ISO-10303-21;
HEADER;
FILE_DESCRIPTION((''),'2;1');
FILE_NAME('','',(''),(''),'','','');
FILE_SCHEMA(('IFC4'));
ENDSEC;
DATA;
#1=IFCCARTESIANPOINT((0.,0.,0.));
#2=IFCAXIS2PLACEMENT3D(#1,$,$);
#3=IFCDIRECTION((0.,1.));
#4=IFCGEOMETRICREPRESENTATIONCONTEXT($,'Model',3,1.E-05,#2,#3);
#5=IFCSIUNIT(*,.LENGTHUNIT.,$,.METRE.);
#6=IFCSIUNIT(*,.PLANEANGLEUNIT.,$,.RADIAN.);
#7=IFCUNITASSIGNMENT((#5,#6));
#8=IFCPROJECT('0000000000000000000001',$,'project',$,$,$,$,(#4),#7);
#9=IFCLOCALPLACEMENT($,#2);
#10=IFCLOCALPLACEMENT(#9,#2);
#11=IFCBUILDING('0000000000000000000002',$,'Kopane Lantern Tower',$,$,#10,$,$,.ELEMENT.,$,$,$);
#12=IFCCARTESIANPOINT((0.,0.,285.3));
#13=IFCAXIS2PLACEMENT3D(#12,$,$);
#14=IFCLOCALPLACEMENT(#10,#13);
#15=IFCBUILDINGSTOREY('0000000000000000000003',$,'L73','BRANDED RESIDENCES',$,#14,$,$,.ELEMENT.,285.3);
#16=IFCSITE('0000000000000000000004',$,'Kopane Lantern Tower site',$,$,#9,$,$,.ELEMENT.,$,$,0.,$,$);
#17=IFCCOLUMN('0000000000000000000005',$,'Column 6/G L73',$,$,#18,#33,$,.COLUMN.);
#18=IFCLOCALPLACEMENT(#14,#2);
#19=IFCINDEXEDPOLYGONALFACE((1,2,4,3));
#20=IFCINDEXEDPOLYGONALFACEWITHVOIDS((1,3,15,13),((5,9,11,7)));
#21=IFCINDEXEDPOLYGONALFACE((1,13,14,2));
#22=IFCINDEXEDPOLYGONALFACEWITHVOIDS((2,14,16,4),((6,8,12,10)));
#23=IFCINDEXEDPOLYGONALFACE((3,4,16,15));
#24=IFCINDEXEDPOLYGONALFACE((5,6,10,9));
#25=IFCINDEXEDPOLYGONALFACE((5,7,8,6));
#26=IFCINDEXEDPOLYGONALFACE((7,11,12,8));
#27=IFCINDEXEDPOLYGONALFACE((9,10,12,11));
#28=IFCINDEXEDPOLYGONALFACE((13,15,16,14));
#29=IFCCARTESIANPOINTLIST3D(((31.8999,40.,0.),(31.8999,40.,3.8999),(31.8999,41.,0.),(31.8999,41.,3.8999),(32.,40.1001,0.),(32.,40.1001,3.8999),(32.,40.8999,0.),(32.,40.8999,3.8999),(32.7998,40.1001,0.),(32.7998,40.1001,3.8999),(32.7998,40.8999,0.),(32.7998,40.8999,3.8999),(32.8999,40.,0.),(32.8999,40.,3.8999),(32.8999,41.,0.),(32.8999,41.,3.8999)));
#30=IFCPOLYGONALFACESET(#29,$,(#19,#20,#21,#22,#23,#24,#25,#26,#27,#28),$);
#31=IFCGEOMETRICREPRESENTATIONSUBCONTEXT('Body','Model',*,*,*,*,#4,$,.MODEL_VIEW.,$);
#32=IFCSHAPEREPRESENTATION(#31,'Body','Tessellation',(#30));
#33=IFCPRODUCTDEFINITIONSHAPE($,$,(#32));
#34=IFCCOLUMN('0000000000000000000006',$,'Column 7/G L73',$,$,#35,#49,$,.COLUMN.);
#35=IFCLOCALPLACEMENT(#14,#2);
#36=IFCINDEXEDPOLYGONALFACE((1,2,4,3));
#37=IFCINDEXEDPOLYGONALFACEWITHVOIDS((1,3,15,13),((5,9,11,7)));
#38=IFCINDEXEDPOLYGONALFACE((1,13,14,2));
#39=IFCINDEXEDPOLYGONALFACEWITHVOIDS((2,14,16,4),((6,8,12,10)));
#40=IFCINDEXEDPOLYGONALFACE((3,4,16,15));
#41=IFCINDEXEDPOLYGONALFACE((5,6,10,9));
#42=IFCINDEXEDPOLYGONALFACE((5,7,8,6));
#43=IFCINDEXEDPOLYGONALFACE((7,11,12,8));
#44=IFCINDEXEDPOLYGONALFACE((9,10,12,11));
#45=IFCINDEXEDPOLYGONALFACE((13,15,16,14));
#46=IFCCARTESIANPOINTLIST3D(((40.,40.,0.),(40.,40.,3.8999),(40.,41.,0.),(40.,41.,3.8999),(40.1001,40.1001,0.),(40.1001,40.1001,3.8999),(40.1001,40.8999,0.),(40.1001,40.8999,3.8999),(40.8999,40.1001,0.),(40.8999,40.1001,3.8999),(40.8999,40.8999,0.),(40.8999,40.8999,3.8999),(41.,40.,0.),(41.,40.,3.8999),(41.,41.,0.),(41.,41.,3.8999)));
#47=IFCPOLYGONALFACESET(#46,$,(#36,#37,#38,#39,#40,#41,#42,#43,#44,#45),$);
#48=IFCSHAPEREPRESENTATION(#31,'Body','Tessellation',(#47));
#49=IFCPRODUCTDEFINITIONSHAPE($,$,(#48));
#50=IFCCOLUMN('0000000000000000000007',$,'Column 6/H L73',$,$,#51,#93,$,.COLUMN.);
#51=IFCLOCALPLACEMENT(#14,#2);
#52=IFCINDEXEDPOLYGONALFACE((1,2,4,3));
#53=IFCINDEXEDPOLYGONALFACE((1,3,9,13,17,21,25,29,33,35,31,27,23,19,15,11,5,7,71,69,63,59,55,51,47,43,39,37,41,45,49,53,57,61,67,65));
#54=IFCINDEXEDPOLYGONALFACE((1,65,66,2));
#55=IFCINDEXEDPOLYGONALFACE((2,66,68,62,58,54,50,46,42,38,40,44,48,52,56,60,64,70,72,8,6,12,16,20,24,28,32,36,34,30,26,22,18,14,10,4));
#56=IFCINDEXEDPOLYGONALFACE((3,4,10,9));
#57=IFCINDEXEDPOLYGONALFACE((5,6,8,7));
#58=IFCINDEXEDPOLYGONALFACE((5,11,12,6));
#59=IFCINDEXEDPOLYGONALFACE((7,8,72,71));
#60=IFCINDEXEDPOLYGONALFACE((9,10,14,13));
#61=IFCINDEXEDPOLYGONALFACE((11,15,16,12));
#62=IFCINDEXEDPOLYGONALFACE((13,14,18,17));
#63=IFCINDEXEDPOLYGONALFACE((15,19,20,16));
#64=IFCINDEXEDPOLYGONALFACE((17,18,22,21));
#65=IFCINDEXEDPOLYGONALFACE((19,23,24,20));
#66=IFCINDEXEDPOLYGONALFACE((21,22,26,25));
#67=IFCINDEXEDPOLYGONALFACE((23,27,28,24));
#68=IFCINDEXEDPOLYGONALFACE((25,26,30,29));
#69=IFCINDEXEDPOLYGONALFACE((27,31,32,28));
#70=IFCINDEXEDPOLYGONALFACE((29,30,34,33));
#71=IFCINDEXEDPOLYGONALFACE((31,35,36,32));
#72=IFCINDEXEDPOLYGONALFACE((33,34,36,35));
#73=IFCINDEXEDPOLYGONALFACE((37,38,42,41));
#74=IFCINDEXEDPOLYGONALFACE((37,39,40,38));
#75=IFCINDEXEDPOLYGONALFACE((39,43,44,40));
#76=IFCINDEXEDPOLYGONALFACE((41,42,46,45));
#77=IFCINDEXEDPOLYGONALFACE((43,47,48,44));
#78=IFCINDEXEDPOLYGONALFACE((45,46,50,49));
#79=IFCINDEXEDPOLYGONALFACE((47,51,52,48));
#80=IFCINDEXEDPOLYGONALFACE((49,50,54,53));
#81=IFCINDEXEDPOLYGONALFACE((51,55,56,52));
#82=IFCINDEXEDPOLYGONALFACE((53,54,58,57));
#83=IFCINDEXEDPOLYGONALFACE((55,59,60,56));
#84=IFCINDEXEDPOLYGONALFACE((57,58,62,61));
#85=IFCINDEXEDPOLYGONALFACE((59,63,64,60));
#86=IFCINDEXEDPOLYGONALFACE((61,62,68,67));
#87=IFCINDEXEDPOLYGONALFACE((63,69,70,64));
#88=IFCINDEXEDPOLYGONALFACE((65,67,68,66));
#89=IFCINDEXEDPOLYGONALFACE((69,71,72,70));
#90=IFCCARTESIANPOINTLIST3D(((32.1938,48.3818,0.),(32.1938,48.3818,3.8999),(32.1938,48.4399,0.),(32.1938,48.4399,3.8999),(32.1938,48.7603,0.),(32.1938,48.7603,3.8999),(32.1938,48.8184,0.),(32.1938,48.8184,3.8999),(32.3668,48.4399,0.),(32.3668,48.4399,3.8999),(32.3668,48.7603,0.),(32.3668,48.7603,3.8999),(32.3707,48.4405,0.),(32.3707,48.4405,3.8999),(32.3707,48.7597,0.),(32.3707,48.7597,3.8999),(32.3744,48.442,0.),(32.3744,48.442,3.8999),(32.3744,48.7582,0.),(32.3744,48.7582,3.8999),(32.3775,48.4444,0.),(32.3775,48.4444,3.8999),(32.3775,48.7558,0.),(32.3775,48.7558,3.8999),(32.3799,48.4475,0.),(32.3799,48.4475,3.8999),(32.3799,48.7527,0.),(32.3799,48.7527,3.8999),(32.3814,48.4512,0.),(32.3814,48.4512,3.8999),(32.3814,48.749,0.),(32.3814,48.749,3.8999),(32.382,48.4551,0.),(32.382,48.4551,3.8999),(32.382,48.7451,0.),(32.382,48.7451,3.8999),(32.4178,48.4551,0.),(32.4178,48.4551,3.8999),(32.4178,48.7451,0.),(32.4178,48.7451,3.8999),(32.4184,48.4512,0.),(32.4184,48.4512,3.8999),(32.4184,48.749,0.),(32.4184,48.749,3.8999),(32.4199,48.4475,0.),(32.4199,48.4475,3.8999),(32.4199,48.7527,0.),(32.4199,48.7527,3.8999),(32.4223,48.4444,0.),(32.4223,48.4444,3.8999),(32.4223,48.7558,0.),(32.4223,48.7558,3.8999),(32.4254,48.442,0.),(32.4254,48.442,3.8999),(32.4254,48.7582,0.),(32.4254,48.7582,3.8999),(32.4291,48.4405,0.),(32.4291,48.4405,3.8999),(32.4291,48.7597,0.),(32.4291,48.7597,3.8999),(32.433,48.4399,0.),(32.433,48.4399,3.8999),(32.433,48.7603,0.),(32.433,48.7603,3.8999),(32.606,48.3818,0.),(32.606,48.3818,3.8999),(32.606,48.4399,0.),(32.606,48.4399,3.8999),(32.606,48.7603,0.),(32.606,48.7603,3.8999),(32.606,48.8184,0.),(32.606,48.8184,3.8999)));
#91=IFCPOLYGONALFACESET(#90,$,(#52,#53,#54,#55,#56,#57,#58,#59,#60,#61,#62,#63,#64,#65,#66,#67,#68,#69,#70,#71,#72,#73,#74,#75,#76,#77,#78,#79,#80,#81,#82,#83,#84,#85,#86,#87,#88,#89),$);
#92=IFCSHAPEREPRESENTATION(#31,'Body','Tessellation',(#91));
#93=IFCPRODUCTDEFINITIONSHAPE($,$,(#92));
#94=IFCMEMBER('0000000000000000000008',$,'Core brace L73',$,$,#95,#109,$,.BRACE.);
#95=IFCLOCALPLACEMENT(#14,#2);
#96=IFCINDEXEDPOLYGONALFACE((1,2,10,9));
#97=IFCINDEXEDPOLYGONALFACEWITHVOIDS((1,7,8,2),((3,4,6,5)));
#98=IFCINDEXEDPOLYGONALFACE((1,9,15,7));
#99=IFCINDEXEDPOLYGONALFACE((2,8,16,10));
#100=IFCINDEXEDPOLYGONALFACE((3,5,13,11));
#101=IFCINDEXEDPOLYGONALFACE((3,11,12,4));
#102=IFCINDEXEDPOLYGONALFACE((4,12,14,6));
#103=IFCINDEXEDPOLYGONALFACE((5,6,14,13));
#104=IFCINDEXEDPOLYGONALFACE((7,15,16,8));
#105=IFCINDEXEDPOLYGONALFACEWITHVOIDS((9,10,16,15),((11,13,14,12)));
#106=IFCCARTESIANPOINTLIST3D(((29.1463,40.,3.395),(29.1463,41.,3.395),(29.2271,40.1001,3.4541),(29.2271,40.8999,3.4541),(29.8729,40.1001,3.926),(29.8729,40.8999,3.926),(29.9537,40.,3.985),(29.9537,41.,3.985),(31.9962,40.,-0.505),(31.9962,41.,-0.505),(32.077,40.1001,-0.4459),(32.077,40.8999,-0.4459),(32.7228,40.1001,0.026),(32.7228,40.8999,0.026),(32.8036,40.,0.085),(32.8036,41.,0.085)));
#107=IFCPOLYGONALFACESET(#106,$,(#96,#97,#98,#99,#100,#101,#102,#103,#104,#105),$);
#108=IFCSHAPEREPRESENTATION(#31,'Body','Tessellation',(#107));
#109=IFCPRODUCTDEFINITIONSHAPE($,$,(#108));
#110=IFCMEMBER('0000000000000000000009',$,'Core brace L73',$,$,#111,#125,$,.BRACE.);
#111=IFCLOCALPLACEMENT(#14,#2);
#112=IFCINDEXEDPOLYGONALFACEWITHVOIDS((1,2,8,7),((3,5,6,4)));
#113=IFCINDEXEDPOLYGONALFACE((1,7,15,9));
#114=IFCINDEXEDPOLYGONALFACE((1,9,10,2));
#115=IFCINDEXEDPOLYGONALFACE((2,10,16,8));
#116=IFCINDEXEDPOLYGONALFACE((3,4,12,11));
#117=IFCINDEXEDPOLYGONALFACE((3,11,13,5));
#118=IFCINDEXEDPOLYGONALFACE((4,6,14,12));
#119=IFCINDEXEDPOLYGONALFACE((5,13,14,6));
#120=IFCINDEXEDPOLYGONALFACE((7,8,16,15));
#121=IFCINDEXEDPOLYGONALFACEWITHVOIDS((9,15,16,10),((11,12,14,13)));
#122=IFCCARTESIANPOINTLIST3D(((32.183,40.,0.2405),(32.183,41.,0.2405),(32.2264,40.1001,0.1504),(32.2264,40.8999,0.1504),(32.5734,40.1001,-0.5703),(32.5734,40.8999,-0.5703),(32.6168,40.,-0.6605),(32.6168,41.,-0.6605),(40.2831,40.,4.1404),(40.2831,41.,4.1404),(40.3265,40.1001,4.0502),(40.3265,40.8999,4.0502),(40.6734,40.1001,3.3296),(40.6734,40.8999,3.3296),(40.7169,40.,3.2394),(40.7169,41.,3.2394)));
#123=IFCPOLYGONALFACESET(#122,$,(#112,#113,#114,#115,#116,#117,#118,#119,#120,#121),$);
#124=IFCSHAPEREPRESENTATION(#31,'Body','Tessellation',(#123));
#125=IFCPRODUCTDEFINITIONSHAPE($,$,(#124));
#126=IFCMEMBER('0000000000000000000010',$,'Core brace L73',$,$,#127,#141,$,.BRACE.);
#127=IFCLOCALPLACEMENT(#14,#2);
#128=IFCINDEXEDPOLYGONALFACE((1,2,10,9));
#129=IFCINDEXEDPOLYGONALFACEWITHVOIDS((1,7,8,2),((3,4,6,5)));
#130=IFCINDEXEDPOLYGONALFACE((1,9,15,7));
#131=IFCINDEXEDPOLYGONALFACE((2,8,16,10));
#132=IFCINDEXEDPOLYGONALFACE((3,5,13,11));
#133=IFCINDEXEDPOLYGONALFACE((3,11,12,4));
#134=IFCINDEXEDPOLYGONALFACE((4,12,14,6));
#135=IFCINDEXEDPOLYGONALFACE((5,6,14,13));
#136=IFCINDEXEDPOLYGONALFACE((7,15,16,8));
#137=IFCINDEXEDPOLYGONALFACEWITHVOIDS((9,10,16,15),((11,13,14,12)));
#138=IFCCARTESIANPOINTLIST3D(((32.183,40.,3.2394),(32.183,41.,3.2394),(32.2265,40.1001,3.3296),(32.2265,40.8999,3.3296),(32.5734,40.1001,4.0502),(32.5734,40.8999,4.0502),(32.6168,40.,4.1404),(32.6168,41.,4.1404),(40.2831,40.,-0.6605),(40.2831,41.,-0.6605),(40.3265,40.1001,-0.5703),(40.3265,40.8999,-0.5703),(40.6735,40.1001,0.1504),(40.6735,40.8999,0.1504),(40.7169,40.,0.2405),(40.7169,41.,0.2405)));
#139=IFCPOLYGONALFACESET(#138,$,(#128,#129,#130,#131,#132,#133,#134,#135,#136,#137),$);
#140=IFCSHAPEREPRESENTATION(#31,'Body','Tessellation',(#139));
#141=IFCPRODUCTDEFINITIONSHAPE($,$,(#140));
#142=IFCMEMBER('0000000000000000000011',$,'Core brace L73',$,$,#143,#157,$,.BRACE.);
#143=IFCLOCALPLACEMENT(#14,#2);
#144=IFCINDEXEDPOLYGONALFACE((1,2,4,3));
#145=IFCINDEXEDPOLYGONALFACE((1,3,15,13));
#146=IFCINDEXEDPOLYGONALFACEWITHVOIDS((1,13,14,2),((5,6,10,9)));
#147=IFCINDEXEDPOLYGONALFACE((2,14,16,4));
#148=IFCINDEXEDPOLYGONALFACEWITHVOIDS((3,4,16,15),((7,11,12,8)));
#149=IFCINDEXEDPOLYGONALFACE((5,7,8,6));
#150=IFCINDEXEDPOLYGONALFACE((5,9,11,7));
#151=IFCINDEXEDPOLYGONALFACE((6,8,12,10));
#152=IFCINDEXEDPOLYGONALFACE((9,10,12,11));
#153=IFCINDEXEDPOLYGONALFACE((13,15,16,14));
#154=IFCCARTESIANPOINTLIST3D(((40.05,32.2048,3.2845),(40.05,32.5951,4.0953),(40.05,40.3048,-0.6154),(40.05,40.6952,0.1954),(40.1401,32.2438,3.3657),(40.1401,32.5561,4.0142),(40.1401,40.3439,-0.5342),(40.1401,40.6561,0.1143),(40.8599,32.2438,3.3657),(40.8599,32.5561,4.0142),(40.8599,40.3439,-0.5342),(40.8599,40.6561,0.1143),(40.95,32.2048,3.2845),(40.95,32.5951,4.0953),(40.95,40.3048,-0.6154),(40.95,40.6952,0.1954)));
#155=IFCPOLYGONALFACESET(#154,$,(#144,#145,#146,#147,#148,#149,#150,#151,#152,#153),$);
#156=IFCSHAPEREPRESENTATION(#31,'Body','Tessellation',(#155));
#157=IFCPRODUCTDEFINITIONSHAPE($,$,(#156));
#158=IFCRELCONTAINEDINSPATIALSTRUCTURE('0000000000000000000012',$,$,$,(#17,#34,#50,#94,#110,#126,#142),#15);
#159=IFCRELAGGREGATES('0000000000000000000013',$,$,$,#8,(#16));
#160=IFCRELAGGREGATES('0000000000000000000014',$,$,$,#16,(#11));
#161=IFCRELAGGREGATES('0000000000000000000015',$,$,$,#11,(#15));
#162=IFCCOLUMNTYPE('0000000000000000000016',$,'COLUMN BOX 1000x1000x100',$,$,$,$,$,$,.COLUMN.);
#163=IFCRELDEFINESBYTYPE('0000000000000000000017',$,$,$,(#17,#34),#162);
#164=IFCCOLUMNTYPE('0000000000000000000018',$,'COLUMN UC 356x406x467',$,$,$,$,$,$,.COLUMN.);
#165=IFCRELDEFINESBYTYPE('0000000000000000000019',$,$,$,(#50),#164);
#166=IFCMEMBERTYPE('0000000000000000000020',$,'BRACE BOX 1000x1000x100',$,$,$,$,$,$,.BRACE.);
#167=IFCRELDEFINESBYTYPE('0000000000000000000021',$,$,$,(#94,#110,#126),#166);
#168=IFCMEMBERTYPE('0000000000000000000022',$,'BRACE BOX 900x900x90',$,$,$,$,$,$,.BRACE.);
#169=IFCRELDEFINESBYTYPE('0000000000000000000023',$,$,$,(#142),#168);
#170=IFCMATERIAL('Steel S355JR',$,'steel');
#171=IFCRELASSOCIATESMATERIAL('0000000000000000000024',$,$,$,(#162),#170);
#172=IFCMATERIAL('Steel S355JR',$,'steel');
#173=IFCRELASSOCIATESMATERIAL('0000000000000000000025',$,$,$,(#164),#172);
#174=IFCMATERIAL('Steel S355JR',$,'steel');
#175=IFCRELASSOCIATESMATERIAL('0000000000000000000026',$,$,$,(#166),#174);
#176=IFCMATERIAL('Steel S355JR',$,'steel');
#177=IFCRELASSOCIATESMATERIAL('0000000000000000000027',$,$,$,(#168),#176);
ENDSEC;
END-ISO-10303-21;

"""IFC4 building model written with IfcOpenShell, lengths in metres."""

from ifc_helpers import new_model, si_unit, direction, frame, origin, origin_2d, place, context, subcontext, project, spatial, hollow_rectangle, i_section, extrude, material, material_profile, profile_set, type_object, element, save


model = new_model("IFC4")

# Units and contexts
model_context = context("Model", 3, precision=1e-05, world=origin(), true_north=direction((0.0, 1.0)))
body_context = subcontext(model_context, "Body", "Model", "MODEL_VIEW")
ifc_project = project(units=[si_unit("LENGTHUNIT", "METRE"), si_unit("PLANEANGLEUNIT", "RADIAN")], contexts=[model_context])

# Site, building, storey
site_placement = place(None, origin())
site = spatial("IfcSite", under=ifc_project, at=site_placement, Name="Kopane Lantern Tower site", CompositionType="ELEMENT", RefElevation=0.0)
building_placement = place(site_placement, origin())
building = spatial("IfcBuilding", under=site, at=building_placement, Name="Kopane Lantern Tower", CompositionType="ELEMENT")
storey_placement = place(building_placement, frame((0.0, 0.0, 285.3)))
storey = spatial("IfcBuildingStorey", under=building, at=storey_placement, Name="L73", Description="BRANDED RESIDENCES", CompositionType="ELEMENT", Elevation=285.3)

# Columns
ifc_material_1 = material(Name="Steel S355JR", Category="steel")
ifc_material_profile_1 = material_profile(ifc_material_1, hollow_rectangle(XDim=1.0, YDim=1.0, WallThickness=0.1001, at=origin_2d()), Name="BOX 1000x1000x100")
ifc_profile_set_1 = profile_set([ifc_material_profile_1], Name="Steel S355JR")
column_type_1 = type_object("IfcColumnType", Name="COLUMN BOX 1000x1000x100", PredefinedType="COLUMN", material=ifc_profile_set_1)
for number, where, z_axis, x_axis, name in (
    (1, (32.3999, 40.5, 0.0), (0.0, 0.0, 1.0), (1.0, 0.0, 0.0), "Column 6/G L73"),
    (2, (40.5, 40.5, 0.0), (0.0, 0.0, 1.0), (1.0, 0.0, 0.0), "Column 7/G L73"),
):
    element("IfcColumn", number, at=place(storey_placement, frame(where, z_axis=z_axis, x_axis=x_axis)), inside=storey, type_object=column_type_1, Name=name, PredefinedType="COLUMN", context=body_context, shape_type="SweptSolid", body=[
        extrude(hollow_rectangle(XDim=1.0, YDim=1.0, WallThickness=0.1001, at=origin_2d()), origin(), (0.0, 0.0, 1.0), 3.8999),
    ])
ifc_material_2 = material(Name="Steel S355JR", Category="steel")
ifc_material_profile_2 = material_profile(ifc_material_2, i_section(OverallWidth=0.4121, OverallDepth=0.4365, WebThickness=0.0359, FlangeThickness=0.0581, FilletRadius=0.0151, at=origin_2d()), Name="UC 356x406x467")
ifc_profile_set_2 = profile_set([ifc_material_profile_2], Name="Steel S355JR")
column_type_2 = type_object("IfcColumnType", Name="COLUMN UC 356x406x467", PredefinedType="COLUMN", material=ifc_profile_set_2)
column_placement = place(storey_placement, frame((32.3999, 48.6001, 0.0), z_axis=(0.0, 0.0, 1.0), x_axis=(1.0, 0.0, 0.0)))
element("IfcColumn", 3, at=column_placement, inside=storey, type_object=column_type_2, Name="Column 6/H L73", PredefinedType="COLUMN", context=body_context, shape_type="SweptSolid", body=[
    extrude(i_section(OverallWidth=0.4121, OverallDepth=0.4365, WebThickness=0.0359, FlangeThickness=0.0581, FilletRadius=0.0151, at=origin_2d()), origin(), (0.0, 0.0, 1.0), 3.8999),
])

# Members
ifc_material_3 = material(Name="Steel S355JR", Category="steel")
ifc_material_profile_3 = material_profile(ifc_material_3, hollow_rectangle(XDim=1.0, YDim=1.0, WallThickness=0.1001, at=origin_2d()), Name="BOX 1000x1000x100")
ifc_profile_set_3 = profile_set([ifc_material_profile_3], Name="Steel S355JR")
member_type_1 = type_object("IfcMemberType", Name="BRACE BOX 1000x1000x100", PredefinedType="BRACE", material=ifc_profile_set_3)
member_1_placement = place(storey_placement, frame((32.3999, 40.5, -0.21), z_axis=(-0.590006, 0.0, 0.807399), x_axis=(0.0, -1.0, 0.0)))
element("IfcMember", 4, at=member_1_placement, inside=storey, type_object=member_type_1, Name="Core brace L73", PredefinedType="BRACE", context=body_context, shape_type="SweptSolid", body=[
    extrude(hollow_rectangle(XDim=1.0, YDim=1.0, WallThickness=0.1001, at=origin_2d()), origin(), (0.0, 0.0, 1.0), 4.8303),
])
for number, where, z_axis, x_axis, name in (
    (5, (32.3999, 40.5, -0.21), (0.901008, 0.0, 0.433803), (0.0, 1.0, 0.0), "Core brace L73"),
    (6, (40.5, 40.5, -0.21), (-0.901008, 0.0, 0.433803), (0.0, -1.0, 0.0), "Core brace L73"),
):
    element("IfcMember", number, at=place(storey_placement, frame(where, z_axis=z_axis, x_axis=x_axis)), inside=storey, type_object=member_type_1, Name=name, PredefinedType="BRACE", context=body_context, shape_type="SweptSolid", body=[
        extrude(hollow_rectangle(XDim=1.0, YDim=1.0, WallThickness=0.1001, at=origin_2d()), origin(), (0.0, 0.0, 1.0), 8.99),
    ])
ifc_material_4 = material(Name="Steel S355JR", Category="steel")
ifc_material_profile_4 = material_profile(ifc_material_4, hollow_rectangle(XDim=0.8999, YDim=0.8999, WallThickness=0.0901, at=origin_2d()), Name="BOX 900x900x90")
ifc_profile_set_4 = profile_set([ifc_material_profile_4], Name="Steel S355JR")
member_type_2 = type_object("IfcMemberType", Name="BRACE BOX 900x900x90", PredefinedType="BRACE", material=ifc_profile_set_4)
member_2_placement = place(storey_placement, frame((40.5, 40.5, -0.21), z_axis=(0.0, -0.901008, 0.433803), x_axis=(1.0, 0.0, 0.0)))
element("IfcMember", 7, at=member_2_placement, inside=storey, type_object=member_type_2, Name="Core brace L73", PredefinedType="BRACE", context=body_context, shape_type="SweptSolid", body=[
    extrude(hollow_rectangle(XDim=0.8999, YDim=0.8999, WallThickness=0.0901, at=origin_2d()), origin(), (0.0, 0.0, 1.0), 8.99),
])

save(model, "model.ifc")
